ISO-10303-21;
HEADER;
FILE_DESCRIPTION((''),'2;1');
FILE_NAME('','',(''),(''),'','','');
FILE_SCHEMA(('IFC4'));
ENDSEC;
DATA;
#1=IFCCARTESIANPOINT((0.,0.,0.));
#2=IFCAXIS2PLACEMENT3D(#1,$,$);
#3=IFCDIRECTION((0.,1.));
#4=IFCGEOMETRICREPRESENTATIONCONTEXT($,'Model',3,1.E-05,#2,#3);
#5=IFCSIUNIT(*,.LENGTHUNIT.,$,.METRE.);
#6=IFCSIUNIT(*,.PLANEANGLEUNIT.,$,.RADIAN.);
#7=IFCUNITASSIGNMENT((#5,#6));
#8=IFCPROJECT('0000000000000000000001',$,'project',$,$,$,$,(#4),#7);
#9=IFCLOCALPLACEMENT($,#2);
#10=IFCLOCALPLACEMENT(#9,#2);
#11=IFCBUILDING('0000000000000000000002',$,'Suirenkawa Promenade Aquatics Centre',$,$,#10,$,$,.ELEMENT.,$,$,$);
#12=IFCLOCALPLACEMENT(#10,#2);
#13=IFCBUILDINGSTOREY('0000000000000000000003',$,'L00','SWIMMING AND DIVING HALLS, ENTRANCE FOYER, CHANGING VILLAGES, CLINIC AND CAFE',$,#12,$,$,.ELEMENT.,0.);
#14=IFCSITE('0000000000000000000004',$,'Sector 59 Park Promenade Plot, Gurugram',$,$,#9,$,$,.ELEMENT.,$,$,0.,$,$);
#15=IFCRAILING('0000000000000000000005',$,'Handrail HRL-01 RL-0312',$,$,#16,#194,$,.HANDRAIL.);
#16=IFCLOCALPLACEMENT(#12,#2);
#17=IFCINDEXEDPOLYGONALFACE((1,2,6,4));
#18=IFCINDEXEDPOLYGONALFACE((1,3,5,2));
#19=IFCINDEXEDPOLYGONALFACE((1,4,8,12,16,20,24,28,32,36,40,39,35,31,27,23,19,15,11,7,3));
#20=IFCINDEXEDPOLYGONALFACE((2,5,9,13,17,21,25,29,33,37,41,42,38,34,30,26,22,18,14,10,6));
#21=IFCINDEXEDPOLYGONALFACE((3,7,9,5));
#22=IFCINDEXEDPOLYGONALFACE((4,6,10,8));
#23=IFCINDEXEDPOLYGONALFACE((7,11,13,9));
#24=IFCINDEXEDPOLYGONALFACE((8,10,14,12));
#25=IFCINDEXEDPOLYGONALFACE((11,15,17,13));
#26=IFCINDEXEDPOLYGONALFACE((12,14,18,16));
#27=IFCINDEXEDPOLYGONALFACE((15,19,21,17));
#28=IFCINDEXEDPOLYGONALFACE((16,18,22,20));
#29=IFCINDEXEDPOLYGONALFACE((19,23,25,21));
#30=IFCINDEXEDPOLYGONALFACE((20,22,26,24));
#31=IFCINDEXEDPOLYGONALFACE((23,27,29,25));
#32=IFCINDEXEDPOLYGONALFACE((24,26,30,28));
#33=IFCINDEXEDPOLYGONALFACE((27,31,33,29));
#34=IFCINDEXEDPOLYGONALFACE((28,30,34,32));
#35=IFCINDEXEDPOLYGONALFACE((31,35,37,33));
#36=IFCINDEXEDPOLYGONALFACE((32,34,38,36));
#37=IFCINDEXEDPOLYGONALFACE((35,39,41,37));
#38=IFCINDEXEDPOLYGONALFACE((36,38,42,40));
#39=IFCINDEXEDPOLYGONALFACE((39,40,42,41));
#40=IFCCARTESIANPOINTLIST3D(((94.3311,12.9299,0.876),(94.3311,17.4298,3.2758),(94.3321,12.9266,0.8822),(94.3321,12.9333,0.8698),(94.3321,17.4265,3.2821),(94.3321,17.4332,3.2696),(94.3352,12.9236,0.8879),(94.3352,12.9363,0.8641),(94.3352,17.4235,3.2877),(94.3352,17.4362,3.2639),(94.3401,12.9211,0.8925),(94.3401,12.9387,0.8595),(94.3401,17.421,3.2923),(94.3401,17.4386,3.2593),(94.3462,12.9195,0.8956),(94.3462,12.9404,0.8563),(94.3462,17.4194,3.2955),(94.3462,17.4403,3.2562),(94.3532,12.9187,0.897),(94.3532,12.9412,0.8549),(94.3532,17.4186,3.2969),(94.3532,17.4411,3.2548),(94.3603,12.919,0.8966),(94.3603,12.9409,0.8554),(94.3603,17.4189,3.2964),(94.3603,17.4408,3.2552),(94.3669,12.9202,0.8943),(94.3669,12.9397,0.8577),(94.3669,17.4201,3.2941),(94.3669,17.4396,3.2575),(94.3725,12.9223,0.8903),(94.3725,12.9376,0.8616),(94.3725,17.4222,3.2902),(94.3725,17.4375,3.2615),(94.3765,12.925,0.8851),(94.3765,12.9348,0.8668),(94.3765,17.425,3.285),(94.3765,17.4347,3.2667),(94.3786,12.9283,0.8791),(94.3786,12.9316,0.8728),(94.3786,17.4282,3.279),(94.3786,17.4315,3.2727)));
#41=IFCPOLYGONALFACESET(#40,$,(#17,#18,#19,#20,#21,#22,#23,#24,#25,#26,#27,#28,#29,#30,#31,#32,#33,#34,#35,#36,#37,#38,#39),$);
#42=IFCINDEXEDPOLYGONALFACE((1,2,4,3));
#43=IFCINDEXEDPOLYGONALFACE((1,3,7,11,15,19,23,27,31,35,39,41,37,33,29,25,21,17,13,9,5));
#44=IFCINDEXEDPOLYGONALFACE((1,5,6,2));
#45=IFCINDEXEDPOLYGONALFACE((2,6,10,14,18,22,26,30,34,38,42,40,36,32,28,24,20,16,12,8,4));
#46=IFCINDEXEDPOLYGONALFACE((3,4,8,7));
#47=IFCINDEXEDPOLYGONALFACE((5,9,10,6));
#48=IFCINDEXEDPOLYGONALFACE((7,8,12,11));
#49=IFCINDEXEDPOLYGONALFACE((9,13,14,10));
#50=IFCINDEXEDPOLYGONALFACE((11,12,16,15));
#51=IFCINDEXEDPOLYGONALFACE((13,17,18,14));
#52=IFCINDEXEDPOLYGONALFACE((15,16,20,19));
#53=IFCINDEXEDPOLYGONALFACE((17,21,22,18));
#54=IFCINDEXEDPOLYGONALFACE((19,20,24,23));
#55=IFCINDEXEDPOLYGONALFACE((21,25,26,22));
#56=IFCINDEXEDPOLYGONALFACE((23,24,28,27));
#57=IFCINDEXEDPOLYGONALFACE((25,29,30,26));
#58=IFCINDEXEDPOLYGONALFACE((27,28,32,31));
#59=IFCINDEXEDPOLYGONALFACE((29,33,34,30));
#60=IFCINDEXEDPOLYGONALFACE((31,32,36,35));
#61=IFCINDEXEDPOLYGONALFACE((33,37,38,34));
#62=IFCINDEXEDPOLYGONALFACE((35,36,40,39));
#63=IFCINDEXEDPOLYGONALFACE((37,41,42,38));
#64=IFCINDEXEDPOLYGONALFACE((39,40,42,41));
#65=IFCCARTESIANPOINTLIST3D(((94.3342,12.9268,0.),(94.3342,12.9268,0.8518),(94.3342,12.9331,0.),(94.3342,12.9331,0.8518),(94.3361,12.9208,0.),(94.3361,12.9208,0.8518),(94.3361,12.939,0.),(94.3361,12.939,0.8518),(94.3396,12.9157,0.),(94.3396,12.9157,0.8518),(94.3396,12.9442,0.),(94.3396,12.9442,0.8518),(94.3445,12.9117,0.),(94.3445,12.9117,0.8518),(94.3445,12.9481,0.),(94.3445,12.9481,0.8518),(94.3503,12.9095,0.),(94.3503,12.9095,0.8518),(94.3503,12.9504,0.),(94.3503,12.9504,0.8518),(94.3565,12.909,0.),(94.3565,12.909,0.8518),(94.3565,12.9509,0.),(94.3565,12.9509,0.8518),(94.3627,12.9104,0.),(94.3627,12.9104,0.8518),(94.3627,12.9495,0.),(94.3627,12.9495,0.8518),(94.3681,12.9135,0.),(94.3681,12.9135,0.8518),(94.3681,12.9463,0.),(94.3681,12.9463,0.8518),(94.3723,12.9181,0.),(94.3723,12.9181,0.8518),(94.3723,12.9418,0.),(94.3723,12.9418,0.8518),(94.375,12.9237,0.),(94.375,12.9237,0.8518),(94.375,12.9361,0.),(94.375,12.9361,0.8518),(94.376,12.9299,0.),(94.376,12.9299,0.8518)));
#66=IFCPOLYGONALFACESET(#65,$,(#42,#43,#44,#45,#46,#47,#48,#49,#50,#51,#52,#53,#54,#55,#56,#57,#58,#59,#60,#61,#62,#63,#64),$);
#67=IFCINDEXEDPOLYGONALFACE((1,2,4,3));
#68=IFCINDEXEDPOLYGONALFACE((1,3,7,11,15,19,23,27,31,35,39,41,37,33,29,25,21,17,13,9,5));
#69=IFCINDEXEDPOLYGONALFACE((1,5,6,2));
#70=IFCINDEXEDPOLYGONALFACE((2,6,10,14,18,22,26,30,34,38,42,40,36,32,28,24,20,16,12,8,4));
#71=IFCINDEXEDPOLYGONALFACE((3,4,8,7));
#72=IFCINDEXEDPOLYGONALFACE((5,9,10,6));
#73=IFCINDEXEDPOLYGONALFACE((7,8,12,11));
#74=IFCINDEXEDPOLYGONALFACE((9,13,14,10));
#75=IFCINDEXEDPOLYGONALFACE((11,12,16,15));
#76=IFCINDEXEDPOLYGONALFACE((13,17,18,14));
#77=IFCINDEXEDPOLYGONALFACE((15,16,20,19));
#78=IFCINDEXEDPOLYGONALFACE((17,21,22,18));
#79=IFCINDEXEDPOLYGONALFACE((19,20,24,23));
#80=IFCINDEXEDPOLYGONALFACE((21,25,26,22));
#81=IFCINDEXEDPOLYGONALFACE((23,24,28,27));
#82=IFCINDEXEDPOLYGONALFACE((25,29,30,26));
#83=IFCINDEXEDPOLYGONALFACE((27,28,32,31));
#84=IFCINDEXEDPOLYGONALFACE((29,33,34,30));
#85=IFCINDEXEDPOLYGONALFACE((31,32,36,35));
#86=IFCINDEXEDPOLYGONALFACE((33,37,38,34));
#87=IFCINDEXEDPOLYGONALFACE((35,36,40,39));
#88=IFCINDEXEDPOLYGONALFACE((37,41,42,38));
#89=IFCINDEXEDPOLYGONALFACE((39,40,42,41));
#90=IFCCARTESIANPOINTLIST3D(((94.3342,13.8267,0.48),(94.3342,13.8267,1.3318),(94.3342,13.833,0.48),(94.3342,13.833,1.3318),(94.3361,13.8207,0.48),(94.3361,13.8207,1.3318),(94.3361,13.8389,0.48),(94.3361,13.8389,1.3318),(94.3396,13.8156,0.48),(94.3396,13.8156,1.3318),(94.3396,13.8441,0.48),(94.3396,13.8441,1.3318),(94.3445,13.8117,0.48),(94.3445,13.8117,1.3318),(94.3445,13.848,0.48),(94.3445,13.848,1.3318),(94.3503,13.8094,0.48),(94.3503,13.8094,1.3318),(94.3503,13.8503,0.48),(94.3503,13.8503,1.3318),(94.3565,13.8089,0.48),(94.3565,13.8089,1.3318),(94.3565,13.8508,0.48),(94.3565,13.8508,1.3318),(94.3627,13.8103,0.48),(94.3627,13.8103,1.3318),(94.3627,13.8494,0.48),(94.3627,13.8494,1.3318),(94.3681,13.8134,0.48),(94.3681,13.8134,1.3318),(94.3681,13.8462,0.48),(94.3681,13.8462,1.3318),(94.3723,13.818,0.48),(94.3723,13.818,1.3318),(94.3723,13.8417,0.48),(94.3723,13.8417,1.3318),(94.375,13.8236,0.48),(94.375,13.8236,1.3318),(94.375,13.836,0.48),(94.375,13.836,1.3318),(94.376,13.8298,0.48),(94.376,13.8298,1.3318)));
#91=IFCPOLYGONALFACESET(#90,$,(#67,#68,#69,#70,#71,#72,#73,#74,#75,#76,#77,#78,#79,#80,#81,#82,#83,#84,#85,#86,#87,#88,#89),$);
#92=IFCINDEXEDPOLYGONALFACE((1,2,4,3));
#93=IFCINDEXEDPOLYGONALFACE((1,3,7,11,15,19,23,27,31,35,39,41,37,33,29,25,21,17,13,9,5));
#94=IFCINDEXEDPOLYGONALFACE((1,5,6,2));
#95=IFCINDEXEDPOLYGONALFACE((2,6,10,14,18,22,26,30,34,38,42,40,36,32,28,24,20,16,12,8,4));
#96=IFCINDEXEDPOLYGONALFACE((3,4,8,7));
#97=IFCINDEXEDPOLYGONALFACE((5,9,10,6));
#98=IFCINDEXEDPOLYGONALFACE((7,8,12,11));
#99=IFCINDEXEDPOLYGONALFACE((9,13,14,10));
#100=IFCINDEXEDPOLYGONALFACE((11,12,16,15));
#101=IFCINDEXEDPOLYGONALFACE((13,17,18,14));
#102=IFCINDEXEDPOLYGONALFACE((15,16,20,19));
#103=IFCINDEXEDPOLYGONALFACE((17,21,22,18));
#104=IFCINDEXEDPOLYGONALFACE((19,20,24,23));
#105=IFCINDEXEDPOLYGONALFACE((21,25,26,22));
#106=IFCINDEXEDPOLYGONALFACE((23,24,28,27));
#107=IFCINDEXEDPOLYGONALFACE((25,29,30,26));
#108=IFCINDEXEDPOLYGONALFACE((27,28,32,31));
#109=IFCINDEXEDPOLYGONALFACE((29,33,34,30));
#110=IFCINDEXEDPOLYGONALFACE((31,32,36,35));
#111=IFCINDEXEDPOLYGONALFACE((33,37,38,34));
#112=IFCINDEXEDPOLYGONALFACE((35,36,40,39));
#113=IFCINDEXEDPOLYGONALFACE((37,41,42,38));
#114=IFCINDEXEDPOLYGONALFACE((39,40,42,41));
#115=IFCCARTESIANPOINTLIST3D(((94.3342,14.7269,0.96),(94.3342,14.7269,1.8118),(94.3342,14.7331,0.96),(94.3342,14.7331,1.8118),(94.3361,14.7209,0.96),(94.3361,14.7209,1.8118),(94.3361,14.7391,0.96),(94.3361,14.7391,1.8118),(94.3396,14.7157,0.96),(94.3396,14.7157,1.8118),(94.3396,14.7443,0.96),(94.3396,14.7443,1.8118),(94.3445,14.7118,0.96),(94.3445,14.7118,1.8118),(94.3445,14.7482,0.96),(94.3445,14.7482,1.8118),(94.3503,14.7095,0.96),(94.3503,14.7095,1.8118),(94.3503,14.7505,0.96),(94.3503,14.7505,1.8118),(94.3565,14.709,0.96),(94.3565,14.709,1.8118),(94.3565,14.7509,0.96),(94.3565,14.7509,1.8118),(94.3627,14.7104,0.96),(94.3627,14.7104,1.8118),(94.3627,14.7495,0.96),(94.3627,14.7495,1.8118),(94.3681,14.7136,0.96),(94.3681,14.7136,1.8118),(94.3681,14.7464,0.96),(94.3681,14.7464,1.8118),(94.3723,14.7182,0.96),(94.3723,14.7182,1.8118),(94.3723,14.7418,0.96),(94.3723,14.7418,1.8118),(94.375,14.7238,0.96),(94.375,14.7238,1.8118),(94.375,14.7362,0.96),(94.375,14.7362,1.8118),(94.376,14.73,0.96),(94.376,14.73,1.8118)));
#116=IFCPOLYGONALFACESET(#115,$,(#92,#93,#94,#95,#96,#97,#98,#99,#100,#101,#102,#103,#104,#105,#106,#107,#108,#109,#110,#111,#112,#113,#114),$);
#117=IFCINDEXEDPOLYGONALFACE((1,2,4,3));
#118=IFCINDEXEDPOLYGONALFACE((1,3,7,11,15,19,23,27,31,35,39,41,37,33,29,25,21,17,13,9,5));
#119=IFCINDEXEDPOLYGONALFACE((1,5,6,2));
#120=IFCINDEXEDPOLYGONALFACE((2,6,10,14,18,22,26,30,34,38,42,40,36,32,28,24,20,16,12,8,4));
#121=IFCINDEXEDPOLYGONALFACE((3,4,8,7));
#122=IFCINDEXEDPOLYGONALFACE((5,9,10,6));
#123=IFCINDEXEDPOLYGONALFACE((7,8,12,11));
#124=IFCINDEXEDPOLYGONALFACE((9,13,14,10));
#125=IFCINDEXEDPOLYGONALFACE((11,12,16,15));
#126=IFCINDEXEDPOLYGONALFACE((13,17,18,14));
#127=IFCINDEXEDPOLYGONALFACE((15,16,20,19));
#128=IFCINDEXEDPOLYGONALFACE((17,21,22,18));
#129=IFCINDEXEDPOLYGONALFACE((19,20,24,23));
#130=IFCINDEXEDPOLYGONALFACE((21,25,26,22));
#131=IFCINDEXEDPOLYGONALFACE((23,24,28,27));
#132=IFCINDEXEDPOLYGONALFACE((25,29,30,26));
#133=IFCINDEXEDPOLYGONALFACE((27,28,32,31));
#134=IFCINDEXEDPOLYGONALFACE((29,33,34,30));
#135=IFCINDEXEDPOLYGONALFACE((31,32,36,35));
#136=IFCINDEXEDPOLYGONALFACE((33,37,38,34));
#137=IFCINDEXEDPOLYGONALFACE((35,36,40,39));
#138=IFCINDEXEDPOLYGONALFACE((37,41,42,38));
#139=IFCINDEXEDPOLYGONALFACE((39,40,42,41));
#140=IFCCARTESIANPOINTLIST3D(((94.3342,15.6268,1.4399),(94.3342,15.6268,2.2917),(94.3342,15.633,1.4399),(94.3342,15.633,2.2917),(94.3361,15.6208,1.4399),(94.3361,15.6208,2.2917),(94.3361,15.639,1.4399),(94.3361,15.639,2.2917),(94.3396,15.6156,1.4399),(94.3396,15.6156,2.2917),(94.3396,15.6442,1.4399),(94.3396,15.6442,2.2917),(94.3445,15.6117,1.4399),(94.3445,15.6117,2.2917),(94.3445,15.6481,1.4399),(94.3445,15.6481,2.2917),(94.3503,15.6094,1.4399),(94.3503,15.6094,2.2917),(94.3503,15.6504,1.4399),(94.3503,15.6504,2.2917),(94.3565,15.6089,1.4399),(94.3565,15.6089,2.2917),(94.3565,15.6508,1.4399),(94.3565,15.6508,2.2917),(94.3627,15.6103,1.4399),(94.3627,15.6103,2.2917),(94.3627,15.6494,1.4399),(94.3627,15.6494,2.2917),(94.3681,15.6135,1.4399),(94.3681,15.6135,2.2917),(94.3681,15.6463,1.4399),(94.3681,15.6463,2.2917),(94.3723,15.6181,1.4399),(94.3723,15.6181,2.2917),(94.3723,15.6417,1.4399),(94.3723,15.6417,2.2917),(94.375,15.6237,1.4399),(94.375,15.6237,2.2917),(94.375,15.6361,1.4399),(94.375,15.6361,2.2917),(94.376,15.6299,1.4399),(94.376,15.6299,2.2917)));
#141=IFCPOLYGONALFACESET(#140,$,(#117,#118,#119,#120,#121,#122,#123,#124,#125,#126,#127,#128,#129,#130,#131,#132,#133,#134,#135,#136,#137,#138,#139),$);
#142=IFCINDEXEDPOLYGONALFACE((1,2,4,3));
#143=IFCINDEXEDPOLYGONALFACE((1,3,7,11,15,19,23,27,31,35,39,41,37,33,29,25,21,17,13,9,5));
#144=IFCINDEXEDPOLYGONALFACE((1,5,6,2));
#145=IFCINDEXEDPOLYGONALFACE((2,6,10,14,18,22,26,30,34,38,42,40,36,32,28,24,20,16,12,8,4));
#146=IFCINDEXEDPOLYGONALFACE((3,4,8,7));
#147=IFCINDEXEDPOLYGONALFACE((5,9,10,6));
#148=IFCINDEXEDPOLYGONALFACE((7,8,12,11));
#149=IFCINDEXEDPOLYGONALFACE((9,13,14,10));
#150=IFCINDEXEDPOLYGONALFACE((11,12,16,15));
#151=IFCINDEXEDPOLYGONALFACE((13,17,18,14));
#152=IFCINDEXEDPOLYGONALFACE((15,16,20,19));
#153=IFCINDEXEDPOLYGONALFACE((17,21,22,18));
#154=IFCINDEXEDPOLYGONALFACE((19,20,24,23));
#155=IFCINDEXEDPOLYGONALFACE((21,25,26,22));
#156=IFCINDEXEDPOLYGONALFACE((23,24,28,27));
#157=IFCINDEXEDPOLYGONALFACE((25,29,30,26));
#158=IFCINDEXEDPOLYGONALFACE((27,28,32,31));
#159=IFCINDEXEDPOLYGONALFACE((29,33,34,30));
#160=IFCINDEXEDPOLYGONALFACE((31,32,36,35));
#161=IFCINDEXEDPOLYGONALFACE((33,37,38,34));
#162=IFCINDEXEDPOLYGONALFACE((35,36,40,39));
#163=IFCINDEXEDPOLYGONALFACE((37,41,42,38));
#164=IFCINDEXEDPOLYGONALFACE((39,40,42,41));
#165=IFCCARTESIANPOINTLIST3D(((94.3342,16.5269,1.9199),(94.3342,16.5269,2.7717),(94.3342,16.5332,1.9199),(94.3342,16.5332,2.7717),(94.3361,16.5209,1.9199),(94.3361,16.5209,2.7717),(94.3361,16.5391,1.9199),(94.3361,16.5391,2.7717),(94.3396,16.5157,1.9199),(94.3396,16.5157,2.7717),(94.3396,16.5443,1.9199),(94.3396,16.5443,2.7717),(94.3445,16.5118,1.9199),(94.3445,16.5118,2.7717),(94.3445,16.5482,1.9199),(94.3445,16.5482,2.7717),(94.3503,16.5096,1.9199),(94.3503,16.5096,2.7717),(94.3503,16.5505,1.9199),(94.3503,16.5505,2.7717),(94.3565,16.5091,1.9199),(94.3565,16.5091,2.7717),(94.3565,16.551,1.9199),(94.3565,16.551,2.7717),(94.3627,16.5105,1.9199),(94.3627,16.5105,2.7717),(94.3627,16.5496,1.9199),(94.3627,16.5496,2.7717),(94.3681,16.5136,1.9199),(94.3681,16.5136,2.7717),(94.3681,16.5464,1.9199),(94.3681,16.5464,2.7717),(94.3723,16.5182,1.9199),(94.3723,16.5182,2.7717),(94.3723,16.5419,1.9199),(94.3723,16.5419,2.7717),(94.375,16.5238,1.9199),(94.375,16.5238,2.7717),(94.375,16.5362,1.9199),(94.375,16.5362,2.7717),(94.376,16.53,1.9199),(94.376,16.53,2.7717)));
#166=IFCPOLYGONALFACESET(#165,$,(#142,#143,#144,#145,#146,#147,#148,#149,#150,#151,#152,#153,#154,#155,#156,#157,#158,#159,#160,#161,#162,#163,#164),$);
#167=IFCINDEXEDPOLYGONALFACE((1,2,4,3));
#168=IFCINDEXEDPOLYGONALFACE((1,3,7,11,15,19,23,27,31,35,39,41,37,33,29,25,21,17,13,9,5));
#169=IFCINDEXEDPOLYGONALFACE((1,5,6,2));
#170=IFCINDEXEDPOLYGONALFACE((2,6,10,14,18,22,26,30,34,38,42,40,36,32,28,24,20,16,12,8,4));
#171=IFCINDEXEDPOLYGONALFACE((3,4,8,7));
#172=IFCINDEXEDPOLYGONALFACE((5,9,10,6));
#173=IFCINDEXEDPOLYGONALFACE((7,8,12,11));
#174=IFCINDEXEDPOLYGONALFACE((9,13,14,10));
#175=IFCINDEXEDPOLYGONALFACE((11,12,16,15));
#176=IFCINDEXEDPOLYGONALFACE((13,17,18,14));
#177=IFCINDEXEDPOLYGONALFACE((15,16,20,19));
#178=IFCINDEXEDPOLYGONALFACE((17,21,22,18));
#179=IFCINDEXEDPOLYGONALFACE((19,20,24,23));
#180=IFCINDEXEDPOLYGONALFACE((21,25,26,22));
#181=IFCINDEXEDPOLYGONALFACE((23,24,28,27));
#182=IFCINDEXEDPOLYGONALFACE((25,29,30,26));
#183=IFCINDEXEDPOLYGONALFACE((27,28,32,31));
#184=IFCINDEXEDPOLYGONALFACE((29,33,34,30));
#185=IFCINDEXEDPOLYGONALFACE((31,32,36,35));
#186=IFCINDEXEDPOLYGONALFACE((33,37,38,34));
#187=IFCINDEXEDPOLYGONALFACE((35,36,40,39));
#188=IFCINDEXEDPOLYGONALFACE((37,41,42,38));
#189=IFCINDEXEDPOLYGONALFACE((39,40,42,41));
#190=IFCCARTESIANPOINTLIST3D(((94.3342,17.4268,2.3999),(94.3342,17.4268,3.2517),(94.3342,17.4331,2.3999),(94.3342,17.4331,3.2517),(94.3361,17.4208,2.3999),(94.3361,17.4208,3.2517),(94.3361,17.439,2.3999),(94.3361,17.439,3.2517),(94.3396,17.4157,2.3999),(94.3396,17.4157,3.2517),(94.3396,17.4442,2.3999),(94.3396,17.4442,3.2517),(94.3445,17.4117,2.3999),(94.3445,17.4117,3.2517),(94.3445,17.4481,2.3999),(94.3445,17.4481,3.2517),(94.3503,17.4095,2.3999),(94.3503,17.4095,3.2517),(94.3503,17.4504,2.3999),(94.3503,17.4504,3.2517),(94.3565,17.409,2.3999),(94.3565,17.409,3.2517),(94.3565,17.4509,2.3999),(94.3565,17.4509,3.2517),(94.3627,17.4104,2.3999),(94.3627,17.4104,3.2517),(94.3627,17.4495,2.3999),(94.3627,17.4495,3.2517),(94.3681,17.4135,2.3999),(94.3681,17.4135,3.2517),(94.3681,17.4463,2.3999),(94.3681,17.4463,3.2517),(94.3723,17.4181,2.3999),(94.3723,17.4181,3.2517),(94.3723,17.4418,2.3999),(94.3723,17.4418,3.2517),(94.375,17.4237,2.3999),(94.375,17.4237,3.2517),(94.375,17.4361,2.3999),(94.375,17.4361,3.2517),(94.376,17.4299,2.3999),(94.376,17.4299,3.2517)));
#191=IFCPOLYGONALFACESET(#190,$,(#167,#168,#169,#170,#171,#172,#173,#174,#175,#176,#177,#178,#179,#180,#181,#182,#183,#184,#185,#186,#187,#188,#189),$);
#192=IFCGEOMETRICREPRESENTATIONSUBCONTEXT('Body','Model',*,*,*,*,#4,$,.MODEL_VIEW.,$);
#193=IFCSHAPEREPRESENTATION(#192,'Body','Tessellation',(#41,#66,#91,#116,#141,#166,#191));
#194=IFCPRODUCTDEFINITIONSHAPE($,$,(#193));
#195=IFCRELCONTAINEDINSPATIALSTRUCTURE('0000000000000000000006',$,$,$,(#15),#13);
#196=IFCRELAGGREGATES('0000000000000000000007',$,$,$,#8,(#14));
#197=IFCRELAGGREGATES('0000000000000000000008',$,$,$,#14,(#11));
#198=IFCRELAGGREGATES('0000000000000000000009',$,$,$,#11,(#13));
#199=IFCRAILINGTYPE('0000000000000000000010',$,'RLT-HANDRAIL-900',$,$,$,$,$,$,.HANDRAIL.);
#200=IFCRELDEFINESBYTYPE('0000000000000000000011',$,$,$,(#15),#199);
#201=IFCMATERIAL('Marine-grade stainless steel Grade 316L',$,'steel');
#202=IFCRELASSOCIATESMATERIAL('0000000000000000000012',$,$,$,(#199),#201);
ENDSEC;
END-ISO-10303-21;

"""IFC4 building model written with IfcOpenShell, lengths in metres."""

from ifc_helpers import new_model, si_unit, direction, frame, origin, origin_2d, place, context, subcontext, project, spatial, circle, extrude, material, type_object, element, save


model = new_model("IFC4")

# Units and contexts
model_context = context("Model", 3, precision=1e-05, world=origin(), true_north=direction((0.0, 1.0)))
body_context = subcontext(model_context, "Body", "Model", "MODEL_VIEW")
ifc_project = project(units=[si_unit("LENGTHUNIT", "METRE"), si_unit("PLANEANGLEUNIT", "RADIAN")], contexts=[model_context])

# Site, building, storey
site_placement = place(None, origin())
site = spatial("IfcSite", under=ifc_project, at=site_placement, Name="Sector 59 Park Promenade Plot, Gurugram", CompositionType="ELEMENT", RefElevation=0.0)
building_placement = place(site_placement, origin())
building = spatial("IfcBuilding", under=site, at=building_placement, Name="Suirenkawa Promenade Aquatics Centre", CompositionType="ELEMENT")
storey_placement = place(building_placement, origin())
storey = spatial("IfcBuildingStorey", under=building, at=storey_placement, Name="L00", Description="SWIMMING AND DIVING HALLS, ENTRANCE FOYER, CHANGING VILLAGES, CLINIC AND CAFE", CompositionType="ELEMENT", Elevation=0.0)

# Railing
ifc_material_1 = material(Name="Marine-grade stainless steel Grade 316L", Category="steel")
railing_type_1 = type_object("IfcRailingType", Name="RLT-HANDRAIL-900", PredefinedType="HANDRAIL", material=ifc_material_1)
for number, where, name in (
    (1, (94.355, 12.9299, 0.0), "Handrail HRL-01 RL-0312"),
):
    element("IfcRailing", number, at=place(storey_placement, frame(where)), inside=storey, type_object=railing_type_1, Name=name, PredefinedType="HANDRAIL", context=body_context, shape_type="SweptSolid", body=[
        extrude(circle(Radius=0.0239, at=origin_2d()), frame((0.0, 0.0, 0.876), z_axis=(0.0, 0.882361, 0.470573), x_axis=(-1.0, 0.0, 0.0)), (0.0, 0.0, 1.0), 5.0999),
        extrude(circle(Radius=0.021, at=origin_2d()), origin(), (0.0, 0.0, 1.0), 0.8518),
        extrude(circle(Radius=0.021, at=origin_2d()), frame((0.0, 0.8999, 0.48)), (0.0, 0.0, 1.0), 0.8518),
        extrude(circle(Radius=0.021, at=origin_2d()), frame((0.0, 1.8, 0.96)), (0.0, 0.0, 1.0), 0.8518),
        extrude(circle(Radius=0.021, at=origin_2d()), frame((0.0, 2.7, 1.4399)), (0.0, 0.0, 1.0), 0.8518),
        extrude(circle(Radius=0.021, at=origin_2d()), frame((0.0, 3.6001, 1.9199)), (0.0, 0.0, 1.0), 0.8518),
        extrude(circle(Radius=0.021, at=origin_2d()), frame((0.0, 4.5, 2.3999)), (0.0, 0.0, 1.0), 0.8518),
    ])

save(model, "model.ifc")
